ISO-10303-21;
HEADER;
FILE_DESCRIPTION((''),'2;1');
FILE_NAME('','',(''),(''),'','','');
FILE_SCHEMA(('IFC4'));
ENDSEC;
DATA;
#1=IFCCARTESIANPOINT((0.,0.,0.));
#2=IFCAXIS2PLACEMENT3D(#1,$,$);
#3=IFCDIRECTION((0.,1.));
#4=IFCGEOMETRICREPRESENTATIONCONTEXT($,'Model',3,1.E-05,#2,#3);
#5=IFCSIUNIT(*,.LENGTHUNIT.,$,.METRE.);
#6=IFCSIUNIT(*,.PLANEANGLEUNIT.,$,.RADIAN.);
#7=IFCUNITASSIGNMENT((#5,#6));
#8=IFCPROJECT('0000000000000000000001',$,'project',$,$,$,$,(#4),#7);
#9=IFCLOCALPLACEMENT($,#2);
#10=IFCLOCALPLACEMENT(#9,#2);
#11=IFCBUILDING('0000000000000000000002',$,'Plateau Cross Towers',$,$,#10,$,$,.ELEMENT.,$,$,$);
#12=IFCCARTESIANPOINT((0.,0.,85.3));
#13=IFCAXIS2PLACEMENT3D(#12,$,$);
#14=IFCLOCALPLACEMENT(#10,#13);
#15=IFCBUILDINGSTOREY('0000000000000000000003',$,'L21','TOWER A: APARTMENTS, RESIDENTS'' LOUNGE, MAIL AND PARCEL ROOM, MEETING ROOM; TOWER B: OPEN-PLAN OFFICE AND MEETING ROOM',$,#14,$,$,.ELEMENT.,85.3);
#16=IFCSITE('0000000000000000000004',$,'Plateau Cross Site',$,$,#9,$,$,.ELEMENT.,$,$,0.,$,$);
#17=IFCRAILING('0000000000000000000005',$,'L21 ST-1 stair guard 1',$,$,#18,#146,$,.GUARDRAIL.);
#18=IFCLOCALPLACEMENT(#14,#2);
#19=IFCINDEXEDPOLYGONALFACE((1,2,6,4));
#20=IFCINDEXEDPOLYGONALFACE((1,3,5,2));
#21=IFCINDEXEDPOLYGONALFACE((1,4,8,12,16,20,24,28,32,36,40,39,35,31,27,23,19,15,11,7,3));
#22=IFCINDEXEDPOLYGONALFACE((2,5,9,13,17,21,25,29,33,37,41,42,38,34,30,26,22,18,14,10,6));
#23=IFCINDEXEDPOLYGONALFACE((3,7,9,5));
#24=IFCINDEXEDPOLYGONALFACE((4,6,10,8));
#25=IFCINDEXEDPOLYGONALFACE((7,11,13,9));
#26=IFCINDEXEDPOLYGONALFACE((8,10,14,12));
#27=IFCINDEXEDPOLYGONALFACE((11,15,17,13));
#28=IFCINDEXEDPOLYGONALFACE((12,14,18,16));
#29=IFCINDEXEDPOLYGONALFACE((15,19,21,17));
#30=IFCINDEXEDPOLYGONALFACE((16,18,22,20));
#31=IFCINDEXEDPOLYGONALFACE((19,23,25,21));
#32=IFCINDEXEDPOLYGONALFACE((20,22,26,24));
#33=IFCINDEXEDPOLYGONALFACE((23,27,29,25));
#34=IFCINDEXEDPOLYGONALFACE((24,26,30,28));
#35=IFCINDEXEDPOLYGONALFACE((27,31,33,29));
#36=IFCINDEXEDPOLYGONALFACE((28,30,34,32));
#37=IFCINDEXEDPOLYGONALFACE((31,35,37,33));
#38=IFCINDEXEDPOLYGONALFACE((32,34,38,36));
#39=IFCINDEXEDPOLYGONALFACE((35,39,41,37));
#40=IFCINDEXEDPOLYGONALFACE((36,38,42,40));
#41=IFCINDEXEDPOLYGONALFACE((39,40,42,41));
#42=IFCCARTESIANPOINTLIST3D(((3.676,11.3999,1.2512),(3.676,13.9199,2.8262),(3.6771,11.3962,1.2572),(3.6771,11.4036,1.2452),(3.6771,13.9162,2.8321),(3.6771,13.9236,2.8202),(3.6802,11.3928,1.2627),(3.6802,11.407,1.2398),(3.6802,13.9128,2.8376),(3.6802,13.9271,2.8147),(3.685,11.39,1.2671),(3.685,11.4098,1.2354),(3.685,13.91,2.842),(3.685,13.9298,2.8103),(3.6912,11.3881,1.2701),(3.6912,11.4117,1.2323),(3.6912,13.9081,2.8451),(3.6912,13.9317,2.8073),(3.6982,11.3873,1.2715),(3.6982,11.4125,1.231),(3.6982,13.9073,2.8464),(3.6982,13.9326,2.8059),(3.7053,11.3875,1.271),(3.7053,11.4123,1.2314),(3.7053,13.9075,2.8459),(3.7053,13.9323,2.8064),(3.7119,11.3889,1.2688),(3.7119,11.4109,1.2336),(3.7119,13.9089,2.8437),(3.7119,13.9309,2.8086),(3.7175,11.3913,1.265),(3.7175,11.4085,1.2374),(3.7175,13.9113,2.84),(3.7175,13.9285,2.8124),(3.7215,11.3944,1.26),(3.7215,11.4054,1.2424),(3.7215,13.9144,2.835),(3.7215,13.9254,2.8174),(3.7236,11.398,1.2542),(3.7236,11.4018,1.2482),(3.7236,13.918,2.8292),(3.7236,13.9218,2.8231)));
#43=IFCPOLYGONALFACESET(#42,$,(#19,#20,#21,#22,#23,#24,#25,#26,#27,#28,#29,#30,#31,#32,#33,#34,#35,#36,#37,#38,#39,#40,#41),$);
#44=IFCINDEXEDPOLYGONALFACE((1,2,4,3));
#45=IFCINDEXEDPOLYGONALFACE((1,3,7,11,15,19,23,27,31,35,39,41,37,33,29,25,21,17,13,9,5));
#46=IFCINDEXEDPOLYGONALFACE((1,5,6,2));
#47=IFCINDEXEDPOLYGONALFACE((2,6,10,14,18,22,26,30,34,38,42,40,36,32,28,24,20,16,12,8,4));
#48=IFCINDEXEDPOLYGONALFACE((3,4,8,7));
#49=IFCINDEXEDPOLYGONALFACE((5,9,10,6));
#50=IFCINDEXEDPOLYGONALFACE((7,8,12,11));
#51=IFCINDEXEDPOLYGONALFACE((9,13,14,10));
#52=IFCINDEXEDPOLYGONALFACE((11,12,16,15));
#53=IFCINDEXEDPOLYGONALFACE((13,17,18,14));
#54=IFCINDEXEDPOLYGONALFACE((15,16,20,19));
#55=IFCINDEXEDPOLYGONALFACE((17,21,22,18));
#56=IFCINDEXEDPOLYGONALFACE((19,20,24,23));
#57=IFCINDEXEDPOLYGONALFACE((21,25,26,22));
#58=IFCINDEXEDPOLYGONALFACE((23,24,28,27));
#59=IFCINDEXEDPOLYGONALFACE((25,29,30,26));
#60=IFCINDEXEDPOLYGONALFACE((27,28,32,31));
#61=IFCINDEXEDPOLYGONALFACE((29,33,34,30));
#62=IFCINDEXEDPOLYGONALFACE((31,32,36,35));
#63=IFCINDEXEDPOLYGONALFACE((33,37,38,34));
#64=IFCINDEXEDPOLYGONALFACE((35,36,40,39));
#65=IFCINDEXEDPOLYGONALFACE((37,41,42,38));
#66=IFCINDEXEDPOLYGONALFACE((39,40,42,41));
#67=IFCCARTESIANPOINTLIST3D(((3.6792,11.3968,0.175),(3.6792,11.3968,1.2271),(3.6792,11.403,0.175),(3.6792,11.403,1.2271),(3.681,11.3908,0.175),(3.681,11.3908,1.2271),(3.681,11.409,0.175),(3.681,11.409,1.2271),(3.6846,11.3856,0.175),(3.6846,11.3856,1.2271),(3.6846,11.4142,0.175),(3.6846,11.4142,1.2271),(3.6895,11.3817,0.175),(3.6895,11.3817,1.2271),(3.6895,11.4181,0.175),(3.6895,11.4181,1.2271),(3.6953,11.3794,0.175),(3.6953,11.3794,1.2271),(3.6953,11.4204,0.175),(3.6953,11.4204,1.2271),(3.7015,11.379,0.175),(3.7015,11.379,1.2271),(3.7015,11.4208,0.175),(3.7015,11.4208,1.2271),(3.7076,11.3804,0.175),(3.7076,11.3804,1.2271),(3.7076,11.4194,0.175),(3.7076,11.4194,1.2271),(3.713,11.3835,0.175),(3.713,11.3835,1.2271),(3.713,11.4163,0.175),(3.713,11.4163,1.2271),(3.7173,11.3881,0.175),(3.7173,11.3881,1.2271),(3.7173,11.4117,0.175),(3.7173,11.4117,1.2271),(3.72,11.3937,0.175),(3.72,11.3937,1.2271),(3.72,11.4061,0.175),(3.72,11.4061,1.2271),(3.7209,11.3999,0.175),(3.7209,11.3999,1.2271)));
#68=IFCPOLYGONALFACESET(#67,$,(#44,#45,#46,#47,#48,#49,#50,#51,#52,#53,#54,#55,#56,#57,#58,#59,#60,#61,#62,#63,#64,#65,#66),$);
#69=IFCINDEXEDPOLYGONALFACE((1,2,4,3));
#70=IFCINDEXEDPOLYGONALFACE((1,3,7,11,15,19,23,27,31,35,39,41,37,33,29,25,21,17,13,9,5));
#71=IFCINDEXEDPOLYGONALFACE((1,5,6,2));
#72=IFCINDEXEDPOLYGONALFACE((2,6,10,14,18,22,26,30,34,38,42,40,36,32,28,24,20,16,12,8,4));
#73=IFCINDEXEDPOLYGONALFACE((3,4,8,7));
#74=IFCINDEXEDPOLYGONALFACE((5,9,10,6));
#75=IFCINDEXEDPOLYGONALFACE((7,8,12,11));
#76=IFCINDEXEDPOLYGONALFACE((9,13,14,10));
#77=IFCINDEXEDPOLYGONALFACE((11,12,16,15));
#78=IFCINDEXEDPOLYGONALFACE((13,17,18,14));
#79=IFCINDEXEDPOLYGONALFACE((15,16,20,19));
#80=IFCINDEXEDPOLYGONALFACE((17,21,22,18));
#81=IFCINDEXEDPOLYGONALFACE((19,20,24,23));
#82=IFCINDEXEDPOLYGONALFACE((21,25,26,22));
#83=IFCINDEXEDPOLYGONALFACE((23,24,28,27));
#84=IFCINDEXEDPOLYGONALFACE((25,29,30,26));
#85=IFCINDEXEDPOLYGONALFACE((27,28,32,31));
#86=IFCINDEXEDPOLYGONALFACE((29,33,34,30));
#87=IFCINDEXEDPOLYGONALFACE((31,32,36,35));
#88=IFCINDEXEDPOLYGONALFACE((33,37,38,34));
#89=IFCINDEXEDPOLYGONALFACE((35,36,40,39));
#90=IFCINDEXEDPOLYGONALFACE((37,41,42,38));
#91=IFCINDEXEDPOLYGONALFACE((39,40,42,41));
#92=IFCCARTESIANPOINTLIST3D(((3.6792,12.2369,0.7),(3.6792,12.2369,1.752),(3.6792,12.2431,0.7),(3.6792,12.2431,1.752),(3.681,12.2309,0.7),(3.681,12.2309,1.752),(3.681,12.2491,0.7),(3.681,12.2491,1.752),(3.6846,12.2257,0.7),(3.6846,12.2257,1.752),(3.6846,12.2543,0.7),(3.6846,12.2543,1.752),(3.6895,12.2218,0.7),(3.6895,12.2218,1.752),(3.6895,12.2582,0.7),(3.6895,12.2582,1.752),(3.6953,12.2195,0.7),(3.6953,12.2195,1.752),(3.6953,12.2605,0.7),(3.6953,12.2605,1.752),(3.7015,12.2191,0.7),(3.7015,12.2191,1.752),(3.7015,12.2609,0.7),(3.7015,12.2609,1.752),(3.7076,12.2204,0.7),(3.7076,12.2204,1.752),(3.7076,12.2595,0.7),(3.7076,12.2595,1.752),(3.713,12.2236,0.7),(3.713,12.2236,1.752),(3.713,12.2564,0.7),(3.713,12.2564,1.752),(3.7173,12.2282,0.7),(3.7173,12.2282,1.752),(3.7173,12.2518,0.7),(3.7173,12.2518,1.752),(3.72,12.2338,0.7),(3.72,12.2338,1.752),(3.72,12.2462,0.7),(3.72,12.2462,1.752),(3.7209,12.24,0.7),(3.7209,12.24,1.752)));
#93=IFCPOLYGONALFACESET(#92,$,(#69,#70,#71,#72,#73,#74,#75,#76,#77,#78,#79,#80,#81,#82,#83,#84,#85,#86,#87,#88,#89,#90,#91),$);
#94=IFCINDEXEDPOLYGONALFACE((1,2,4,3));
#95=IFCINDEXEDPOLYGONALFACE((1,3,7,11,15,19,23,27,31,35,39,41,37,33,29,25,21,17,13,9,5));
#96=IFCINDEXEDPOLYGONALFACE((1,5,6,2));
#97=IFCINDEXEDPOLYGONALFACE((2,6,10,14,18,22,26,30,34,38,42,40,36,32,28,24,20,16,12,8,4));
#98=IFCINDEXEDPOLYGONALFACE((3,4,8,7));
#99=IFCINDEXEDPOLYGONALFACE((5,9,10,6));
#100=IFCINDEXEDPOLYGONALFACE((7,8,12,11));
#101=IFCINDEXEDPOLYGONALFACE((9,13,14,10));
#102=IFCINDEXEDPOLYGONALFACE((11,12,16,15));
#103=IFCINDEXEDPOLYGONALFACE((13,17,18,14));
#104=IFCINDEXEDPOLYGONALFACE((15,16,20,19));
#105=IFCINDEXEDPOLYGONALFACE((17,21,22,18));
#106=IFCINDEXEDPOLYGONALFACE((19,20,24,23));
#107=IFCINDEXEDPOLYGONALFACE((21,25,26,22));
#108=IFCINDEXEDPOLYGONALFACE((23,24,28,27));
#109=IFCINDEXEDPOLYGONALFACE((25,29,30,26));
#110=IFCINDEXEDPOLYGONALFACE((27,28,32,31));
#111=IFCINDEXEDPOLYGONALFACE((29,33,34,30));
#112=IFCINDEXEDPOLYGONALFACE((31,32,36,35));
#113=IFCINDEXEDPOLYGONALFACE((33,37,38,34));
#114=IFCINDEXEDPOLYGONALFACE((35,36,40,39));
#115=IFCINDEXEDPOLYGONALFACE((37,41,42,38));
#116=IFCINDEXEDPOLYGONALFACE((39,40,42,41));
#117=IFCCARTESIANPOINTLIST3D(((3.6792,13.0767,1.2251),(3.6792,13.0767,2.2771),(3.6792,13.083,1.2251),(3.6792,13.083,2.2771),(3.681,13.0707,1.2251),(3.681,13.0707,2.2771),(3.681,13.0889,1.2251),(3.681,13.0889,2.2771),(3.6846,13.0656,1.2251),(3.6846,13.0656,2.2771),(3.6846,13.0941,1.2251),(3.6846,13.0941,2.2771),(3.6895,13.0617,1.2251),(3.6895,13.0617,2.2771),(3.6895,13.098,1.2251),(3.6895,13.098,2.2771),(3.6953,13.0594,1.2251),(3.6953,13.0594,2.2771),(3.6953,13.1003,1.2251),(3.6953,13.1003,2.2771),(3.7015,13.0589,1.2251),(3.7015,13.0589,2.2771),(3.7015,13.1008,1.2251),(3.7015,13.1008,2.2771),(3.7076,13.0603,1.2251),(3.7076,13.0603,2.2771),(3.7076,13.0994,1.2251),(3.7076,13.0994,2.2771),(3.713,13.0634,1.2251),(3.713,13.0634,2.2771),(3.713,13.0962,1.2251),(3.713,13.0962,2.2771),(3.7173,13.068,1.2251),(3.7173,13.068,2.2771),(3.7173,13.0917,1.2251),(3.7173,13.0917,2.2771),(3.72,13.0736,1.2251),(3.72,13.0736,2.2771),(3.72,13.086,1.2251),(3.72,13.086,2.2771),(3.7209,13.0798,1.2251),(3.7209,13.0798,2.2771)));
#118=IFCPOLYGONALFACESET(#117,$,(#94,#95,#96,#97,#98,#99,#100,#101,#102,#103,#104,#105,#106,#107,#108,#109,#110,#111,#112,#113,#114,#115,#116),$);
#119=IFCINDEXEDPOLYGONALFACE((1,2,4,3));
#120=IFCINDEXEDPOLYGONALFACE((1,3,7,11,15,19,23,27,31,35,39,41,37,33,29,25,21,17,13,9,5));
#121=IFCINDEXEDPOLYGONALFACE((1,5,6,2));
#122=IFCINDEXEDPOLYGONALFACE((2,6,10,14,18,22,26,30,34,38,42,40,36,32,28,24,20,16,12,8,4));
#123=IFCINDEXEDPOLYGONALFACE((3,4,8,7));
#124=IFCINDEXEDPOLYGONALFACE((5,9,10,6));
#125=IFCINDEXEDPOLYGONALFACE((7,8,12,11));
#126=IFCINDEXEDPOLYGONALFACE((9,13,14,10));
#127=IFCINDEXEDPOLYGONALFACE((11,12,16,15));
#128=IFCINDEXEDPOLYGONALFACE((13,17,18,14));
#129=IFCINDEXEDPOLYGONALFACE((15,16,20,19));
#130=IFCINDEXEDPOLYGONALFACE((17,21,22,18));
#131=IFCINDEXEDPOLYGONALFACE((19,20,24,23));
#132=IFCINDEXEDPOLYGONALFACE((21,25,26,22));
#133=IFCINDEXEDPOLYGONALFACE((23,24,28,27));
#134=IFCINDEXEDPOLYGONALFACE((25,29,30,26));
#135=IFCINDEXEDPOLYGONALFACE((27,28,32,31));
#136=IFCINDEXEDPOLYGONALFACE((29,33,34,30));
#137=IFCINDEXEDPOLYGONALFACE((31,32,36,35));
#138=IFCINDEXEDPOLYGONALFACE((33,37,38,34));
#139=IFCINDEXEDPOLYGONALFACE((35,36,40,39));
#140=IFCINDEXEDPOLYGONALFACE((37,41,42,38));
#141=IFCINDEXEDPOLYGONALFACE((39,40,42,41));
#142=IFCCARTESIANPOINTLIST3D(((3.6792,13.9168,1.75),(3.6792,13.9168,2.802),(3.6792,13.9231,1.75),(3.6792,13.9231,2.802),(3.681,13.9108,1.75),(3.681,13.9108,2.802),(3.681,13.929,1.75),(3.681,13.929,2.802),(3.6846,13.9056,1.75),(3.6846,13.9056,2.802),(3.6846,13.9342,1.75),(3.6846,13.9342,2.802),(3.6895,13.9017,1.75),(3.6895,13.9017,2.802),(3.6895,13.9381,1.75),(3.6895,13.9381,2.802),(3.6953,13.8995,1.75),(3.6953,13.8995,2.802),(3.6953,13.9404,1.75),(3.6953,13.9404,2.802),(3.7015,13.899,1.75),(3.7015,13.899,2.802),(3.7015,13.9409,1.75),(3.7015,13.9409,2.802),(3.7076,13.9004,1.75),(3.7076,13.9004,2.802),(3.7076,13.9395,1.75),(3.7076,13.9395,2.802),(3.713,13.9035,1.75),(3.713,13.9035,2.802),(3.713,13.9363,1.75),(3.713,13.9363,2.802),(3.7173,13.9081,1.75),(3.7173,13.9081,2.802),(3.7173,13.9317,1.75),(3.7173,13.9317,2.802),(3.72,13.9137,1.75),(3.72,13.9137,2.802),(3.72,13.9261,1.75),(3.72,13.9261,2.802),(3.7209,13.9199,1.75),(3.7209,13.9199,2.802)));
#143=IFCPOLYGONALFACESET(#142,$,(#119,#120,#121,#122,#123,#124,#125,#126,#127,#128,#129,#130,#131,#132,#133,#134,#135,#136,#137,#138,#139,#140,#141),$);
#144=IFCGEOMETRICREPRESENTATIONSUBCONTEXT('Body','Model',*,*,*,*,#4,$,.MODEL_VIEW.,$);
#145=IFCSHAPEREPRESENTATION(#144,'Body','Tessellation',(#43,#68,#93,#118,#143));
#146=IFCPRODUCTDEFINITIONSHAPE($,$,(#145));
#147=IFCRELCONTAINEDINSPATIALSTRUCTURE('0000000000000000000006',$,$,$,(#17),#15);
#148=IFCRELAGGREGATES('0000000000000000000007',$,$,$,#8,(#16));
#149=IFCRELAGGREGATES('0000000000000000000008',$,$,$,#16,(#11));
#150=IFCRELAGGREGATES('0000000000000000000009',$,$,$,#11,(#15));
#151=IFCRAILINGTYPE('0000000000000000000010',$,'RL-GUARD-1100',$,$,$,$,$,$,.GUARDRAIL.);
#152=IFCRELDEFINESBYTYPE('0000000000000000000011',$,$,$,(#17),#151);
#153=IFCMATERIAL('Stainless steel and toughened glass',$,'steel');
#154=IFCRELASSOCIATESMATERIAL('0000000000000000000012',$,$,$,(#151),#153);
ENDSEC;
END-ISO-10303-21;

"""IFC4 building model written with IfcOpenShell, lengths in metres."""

from ifc_helpers import new_model, si_unit, direction, frame, origin, origin_2d, place, context, subcontext, project, spatial, circle, extrude, material, type_object, element, save


model = new_model("IFC4")

# Units and contexts
model_context = context("Model", 3, precision=1e-05, world=origin(), true_north=direction((0.0, 1.0)))
body_context = subcontext(model_context, "Body", "Model", "MODEL_VIEW")
ifc_project = project(units=[si_unit("LENGTHUNIT", "METRE"), si_unit("PLANEANGLEUNIT", "RADIAN")], contexts=[model_context])

# Site, building, storey
site_placement = place(None, origin())
site = spatial("IfcSite", under=ifc_project, at=site_placement, Name="Plateau Cross Site", CompositionType="ELEMENT", RefElevation=0.0)
building_placement = place(site_placement, origin())
building = spatial("IfcBuilding", under=site, at=building_placement, Name="Plateau Cross Towers", CompositionType="ELEMENT")
storey_placement = place(building_placement, frame((0.0, 0.0, 85.3)))
storey = spatial("IfcBuildingStorey", under=building, at=storey_placement, Name="L21", Description="TOWER A: APARTMENTS, RESIDENTS' LOUNGE, MAIL AND PARCEL ROOM, MEETING ROOM; TOWER B: OPEN-PLAN OFFICE AND MEETING ROOM", CompositionType="ELEMENT", Elevation=85.3)

# Railing
ifc_material_1 = material(Name="Stainless steel and toughened glass", Category="steel")
railing_type = type_object("IfcRailingType", Name="RL-GUARD-1100", PredefinedType="GUARDRAIL", material=ifc_material_1)
railing_1_placement = place(storey_placement, frame((3.7, 11.3999, 0.175)))
element("IfcRailing", 1, at=railing_1_placement, inside=storey, type_object=railing_type, Name="L21 ST-1 stair guard 1", PredefinedType="GUARDRAIL", context=body_context, shape_type="SweptSolid", body=[
    extrude(circle(Radius=0.0239, at=origin_2d()), frame((0.0, 0.0, 1.0762), z_axis=(0.0, 0.848008, 0.529984), x_axis=(-1.0, 0.0, 0.0)), (0.0, 0.0, 1.0), 2.9717),
    extrude(circle(Radius=0.021, at=origin_2d()), origin(), (0.0, 0.0, 1.0), 1.052),
    extrude(circle(Radius=0.021, at=origin_2d()), frame((0.0, 0.8401, 0.5249)), (0.0, 0.0, 1.0), 1.052),
    extrude(circle(Radius=0.021, at=origin_2d()), frame((0.0, 1.6799, 1.05)), (0.0, 0.0, 1.0), 1.052),
    extrude(circle(Radius=0.021, at=origin_2d()), frame((0.0, 2.52, 1.575)), (0.0, 0.0, 1.0), 1.052),
])

save(model, "model.ifc")
